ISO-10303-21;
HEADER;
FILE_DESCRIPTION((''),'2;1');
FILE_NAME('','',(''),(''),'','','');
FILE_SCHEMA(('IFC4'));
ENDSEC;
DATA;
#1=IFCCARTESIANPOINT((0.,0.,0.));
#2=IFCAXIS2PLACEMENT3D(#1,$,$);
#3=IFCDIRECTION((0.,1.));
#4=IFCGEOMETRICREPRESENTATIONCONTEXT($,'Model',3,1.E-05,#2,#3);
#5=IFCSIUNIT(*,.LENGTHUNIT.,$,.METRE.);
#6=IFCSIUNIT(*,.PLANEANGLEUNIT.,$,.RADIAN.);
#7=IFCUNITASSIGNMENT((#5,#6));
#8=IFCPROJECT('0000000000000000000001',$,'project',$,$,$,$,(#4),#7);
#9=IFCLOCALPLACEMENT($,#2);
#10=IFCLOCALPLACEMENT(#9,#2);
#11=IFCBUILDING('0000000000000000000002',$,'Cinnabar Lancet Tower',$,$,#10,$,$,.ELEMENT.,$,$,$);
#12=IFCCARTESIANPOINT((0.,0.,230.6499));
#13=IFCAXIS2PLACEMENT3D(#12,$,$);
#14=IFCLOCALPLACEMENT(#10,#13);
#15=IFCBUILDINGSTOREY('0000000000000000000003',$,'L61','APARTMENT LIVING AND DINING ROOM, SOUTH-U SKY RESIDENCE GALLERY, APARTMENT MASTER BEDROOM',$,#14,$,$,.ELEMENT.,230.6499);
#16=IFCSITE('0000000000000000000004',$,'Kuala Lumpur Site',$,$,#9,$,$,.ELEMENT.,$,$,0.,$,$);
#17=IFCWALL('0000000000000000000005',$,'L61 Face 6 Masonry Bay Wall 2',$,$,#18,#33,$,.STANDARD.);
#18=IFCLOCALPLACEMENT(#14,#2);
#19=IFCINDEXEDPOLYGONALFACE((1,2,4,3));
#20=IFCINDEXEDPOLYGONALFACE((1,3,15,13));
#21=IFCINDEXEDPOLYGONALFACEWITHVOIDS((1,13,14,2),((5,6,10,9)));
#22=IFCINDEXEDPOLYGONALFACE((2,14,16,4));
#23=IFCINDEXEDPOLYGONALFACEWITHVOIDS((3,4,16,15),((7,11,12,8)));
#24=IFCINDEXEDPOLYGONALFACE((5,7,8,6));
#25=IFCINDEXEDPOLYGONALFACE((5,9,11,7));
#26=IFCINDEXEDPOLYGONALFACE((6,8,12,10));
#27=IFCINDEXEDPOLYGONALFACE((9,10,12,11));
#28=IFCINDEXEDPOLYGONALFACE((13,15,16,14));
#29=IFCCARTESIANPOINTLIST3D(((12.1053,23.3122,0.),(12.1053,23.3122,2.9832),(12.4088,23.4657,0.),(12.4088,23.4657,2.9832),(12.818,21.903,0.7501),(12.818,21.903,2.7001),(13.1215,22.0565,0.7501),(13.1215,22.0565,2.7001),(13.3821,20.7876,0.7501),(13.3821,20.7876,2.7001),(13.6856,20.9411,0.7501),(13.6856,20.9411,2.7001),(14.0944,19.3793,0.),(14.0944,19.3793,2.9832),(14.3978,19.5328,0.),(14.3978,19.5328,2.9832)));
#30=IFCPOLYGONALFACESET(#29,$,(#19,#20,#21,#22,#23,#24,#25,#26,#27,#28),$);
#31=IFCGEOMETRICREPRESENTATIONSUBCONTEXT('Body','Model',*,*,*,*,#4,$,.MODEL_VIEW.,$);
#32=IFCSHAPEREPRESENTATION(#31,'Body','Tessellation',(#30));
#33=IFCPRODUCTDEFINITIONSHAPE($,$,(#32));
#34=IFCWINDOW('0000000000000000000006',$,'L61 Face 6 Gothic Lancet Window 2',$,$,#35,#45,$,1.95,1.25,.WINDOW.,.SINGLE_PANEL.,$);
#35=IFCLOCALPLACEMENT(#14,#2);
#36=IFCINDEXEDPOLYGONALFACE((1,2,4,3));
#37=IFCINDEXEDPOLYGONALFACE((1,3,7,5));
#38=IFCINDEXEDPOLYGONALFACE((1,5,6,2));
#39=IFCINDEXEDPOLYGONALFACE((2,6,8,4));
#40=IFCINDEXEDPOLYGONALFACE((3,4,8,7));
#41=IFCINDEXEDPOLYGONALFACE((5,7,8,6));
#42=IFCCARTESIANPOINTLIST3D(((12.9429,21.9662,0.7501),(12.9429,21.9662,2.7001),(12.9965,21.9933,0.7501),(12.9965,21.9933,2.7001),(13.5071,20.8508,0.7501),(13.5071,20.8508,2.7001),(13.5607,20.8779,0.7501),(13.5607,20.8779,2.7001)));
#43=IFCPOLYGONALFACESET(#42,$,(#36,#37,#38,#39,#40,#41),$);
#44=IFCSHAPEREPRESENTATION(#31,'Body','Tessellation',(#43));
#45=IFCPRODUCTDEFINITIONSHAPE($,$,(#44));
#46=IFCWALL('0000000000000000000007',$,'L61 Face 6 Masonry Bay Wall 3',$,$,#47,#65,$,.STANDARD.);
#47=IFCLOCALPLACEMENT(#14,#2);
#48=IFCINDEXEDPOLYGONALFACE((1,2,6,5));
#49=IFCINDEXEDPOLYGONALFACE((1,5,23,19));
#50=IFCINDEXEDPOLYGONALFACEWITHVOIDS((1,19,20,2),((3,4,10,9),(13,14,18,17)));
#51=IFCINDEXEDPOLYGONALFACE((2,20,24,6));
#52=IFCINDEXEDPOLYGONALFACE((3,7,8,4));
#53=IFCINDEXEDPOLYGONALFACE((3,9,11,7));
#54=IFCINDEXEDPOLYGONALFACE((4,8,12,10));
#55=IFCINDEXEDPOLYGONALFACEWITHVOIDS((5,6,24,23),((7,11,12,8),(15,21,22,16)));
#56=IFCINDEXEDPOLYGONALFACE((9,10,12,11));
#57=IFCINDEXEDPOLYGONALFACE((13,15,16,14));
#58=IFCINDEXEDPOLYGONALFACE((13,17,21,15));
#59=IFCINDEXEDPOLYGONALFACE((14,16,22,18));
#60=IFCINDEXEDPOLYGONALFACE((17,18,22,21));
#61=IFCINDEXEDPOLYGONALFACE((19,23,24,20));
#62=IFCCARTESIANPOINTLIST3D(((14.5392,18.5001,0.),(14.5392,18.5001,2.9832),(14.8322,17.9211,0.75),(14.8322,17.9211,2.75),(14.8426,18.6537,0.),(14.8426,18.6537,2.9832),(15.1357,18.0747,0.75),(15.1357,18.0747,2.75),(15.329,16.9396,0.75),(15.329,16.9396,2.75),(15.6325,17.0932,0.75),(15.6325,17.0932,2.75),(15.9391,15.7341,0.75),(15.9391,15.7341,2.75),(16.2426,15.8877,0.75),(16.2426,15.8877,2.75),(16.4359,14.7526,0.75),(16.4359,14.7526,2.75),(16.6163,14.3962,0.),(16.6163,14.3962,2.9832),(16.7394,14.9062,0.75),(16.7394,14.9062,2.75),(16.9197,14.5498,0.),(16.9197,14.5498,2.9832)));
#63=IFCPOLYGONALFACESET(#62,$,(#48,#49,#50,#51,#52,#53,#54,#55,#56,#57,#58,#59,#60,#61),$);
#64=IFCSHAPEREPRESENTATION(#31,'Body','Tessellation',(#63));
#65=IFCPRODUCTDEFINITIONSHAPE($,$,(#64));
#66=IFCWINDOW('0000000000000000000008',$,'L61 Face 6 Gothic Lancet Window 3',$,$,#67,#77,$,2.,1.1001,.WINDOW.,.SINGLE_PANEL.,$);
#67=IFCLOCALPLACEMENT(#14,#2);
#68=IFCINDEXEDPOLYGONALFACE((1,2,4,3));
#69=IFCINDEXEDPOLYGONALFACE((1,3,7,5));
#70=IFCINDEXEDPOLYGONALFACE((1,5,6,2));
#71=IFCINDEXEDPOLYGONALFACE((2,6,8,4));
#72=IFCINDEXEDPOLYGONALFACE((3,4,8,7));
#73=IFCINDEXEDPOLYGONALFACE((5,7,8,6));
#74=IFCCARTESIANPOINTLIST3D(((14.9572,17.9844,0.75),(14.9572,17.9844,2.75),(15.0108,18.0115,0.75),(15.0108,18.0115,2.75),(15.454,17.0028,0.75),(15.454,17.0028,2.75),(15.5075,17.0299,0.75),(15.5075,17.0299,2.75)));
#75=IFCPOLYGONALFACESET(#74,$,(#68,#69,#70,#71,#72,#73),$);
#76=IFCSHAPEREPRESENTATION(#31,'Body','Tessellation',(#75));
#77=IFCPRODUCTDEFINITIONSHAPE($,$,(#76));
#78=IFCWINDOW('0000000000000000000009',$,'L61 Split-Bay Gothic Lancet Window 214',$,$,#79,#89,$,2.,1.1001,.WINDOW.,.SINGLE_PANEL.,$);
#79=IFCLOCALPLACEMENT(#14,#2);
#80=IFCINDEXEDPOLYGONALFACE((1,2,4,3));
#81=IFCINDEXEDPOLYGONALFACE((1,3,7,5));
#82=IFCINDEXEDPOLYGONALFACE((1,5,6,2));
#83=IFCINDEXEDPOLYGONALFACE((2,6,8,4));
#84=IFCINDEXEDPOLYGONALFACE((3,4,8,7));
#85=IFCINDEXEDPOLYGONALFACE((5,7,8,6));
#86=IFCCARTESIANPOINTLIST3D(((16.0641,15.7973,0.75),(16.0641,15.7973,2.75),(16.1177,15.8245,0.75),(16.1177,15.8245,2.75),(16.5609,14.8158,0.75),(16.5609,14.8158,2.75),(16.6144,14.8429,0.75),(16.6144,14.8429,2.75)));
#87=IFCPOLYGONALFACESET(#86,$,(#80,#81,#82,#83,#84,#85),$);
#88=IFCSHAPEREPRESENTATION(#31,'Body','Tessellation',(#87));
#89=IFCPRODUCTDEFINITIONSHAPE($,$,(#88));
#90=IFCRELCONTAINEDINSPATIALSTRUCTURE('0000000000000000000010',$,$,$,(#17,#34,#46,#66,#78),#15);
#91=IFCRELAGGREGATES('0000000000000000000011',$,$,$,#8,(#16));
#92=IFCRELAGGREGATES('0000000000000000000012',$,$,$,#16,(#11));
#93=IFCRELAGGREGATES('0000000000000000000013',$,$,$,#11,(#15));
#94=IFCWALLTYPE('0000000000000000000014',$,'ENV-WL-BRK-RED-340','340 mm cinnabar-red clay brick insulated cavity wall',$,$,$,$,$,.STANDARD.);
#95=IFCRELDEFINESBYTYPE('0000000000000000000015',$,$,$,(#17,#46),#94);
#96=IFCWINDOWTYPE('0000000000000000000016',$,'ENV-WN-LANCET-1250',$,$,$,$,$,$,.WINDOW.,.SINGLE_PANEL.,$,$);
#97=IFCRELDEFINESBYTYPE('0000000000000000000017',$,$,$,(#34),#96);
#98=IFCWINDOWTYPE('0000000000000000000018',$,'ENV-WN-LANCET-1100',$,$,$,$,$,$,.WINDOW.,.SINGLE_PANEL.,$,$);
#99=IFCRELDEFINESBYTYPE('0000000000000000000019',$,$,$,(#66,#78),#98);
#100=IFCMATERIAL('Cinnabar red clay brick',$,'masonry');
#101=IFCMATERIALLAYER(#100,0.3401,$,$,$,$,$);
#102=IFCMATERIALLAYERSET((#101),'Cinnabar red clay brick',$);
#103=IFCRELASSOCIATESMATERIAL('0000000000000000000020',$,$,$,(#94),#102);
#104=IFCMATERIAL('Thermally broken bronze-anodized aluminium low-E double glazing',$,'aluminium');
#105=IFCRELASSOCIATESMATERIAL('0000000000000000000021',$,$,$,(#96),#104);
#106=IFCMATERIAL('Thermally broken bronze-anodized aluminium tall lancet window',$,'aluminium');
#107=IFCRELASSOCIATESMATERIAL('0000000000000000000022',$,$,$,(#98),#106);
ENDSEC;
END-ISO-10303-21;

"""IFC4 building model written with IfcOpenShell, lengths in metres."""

from ifc_helpers import new_model, si_unit, direction, frame, frame_2d, origin, place, context, subcontext, project, spatial, rectangle, extrude, material, layer, layer_set, type_object, element, fill, save


model = new_model("IFC4")

# Units and contexts
model_context = context("Model", 3, precision=1e-05, world=origin(), true_north=direction((0.0, 1.0)))
body_context = subcontext(model_context, "Body", "Model", "MODEL_VIEW")
ifc_project = project(units=[si_unit("LENGTHUNIT", "METRE"), si_unit("PLANEANGLEUNIT", "RADIAN")], contexts=[model_context])

# Site, building, storey
site_placement = place(None, origin())
site = spatial("IfcSite", under=ifc_project, at=site_placement, Name="Kuala Lumpur Site", CompositionType="ELEMENT", RefElevation=0.0)
building_placement = place(site_placement, origin())
building = spatial("IfcBuilding", under=site, at=building_placement, Name="Cinnabar Lancet Tower", CompositionType="ELEMENT")
storey_placement = place(building_placement, frame((0.0, 0.0, 230.6499)))
storey = spatial("IfcBuildingStorey", under=building, at=storey_placement, Name="L61", Description="APARTMENT LIVING AND DINING ROOM, SOUTH-U SKY RESIDENCE GALLERY, APARTMENT MASTER BEDROOM", CompositionType="ELEMENT", Elevation=230.6499)

# Shared definitions
ifc_material_1 = material(Name="Cinnabar red clay brick", Category="masonry")
ifc_layer_1 = layer(ifc_material_1, 0.3401)
ifc_layer_set_1 = layer_set([ifc_layer_1], Name="Cinnabar red clay brick")
wall_type_1 = type_object("IfcWallType", Name="ENV-WL-BRK-RED-340", Description="340 mm cinnabar-red clay brick insulated cavity wall", PredefinedType="STANDARD", material=ifc_layer_set_1)

# Wall, opening, window
wall_1_placement = place(storey_placement, frame((12.2571, 23.3889, 0.0), z_axis=(0.0, 0.0, 1.0), x_axis=(0.451308, -0.892368, 0.0)))
wall_1 = element("IfcWall", 1, at=wall_1_placement, inside=storey, type_object=wall_type_1, Name="L61 Face 6 Masonry Bay Wall 2", PredefinedType="STANDARD", context=body_context, shape_type="SweptSolid", body=[
    extrude(rectangle(XDim=4.4072, YDim=0.3401, at=frame_2d((2.2036, 0.0))), origin(), (0.0, 0.0, 1.0), 2.9832),
])
opening_1_placement = place(wall_1_placement, frame((1.5791, 0.0, 0.75)))
opening_1 = element("IfcOpeningElement", 2, at=opening_1_placement, cuts=wall_1, PredefinedType="OPENING", context=body_context, shape_type="SweptSolid", body=[
    extrude(rectangle(XDim=1.25, YDim=1.95, at=frame_2d((0.625, 0.9751))), frame((0.0, 0.1799, 0.0), z_axis=(0.0, -1.0, 0.0), x_axis=(1.0, 0.0, 0.0)), (0.0, 0.0, 1.0), 0.3601),
])
ifc_material_2 = material(Name="Thermally broken bronze-anodized aluminium low-E double glazing", Category="aluminium")
window_type_1 = type_object("IfcWindowType", Name="ENV-WN-LANCET-1250", PartitioningType="SINGLE_PANEL", PredefinedType="WINDOW", material=ifc_material_2)
window_1_placement = place(opening_1_placement, origin())
window_1 = element("IfcWindow", 3, at=window_1_placement, inside=storey, type_object=window_type_1, Name="L61 Face 6 Gothic Lancet Window 2", OverallHeight=1.95, OverallWidth=1.25, PartitioningType="SINGLE_PANEL", PredefinedType="WINDOW", context=body_context, shape_type="SweptSolid", body=[
    extrude(rectangle(XDim=1.25, YDim=1.95, at=frame_2d((0.625, 0.9751))), frame((0.0, 0.03, 0.0), z_axis=(0.0, -1.0, 0.0), x_axis=(1.0, 0.0, 0.0)), (0.0, 0.0, 1.0), 0.0601),
])
fill(opening_1, window_1)

# Wall, openings, windows
wall_2_placement = place(storey_placement, frame((14.6909, 18.5769, 0.0), z_axis=(0.0, 0.0, 1.0), x_axis=(0.451582, -0.89223, 0.0)))
wall_2 = element("IfcWall", 4, at=wall_2_placement, inside=storey, type_object=wall_type_1, Name="L61 Face 6 Masonry Bay Wall 3", PredefinedType="STANDARD", context=body_context, shape_type="SweptSolid", body=[
    extrude(rectangle(XDim=4.5996, YDim=0.3401, at=frame_2d((2.2998, 0.0))), origin(), (0.0, 0.0, 1.0), 2.9832),
])
opening_2_placement = place(wall_2_placement, frame((0.6489, 0.0, 0.75)))
opening_2 = element("IfcOpeningElement", 5, at=opening_2_placement, cuts=wall_2, PredefinedType="OPENING", context=body_context, shape_type="SweptSolid", body=[
    extrude(rectangle(XDim=1.1001, YDim=2.0, at=frame_2d((0.55, 1.0))), frame((0.0, 0.1799, 0.0), z_axis=(0.0, -1.0, 0.0), x_axis=(1.0, 0.0, 0.0)), (0.0, 0.0, 1.0), 0.3601),
])
opening_3_placement = place(wall_2_placement, frame((3.1001, 0.0, 0.75)))
opening_3 = element("IfcOpeningElement", 6, at=opening_3_placement, cuts=wall_2, PredefinedType="OPENING", context=body_context, shape_type="SweptSolid", body=[
    extrude(rectangle(XDim=1.1001, YDim=2.0, at=frame_2d((0.55, 1.0))), frame((0.0, 0.1799, 0.0), z_axis=(0.0, -1.0, 0.0), x_axis=(1.0, 0.0, 0.0)), (0.0, 0.0, 1.0), 0.3601),
])
ifc_material_3 = material(Name="Thermally broken bronze-anodized aluminium tall lancet window", Category="aluminium")
window_type_2 = type_object("IfcWindowType", Name="ENV-WN-LANCET-1100", PartitioningType="SINGLE_PANEL", PredefinedType="WINDOW", material=ifc_material_3)
window_2_placement = place(opening_2_placement, origin())
window_2 = element("IfcWindow", 7, at=window_2_placement, inside=storey, type_object=window_type_2, Name="L61 Face 6 Gothic Lancet Window 3", OverallHeight=2.0, OverallWidth=1.1001, PartitioningType="SINGLE_PANEL", PredefinedType="WINDOW", context=body_context, shape_type="SweptSolid", body=[
    extrude(rectangle(XDim=1.1001, YDim=2.0, at=frame_2d((0.55, 1.0))), frame((0.0, 0.03, 0.0), z_axis=(0.0, -1.0, 0.0), x_axis=(1.0, 0.0, 0.0)), (0.0, 0.0, 1.0), 0.0601),
])
fill(opening_2, window_2)
window_3_placement = place(opening_3_placement, origin())
window_3 = element("IfcWindow", 8, at=window_3_placement, inside=storey, type_object=window_type_2, Name="L61 Split-Bay Gothic Lancet Window 214", OverallHeight=2.0, OverallWidth=1.1001, PartitioningType="SINGLE_PANEL", PredefinedType="WINDOW", context=body_context, shape_type="SweptSolid", body=[
    extrude(rectangle(XDim=1.1001, YDim=2.0, at=frame_2d((0.55, 1.0))), frame((0.0, 0.03, 0.0), z_axis=(0.0, -1.0, 0.0), x_axis=(1.0, 0.0, 0.0)), (0.0, 0.0, 1.0), 0.0601),
])
fill(opening_3, window_3)

save(model, "model.ifc")
